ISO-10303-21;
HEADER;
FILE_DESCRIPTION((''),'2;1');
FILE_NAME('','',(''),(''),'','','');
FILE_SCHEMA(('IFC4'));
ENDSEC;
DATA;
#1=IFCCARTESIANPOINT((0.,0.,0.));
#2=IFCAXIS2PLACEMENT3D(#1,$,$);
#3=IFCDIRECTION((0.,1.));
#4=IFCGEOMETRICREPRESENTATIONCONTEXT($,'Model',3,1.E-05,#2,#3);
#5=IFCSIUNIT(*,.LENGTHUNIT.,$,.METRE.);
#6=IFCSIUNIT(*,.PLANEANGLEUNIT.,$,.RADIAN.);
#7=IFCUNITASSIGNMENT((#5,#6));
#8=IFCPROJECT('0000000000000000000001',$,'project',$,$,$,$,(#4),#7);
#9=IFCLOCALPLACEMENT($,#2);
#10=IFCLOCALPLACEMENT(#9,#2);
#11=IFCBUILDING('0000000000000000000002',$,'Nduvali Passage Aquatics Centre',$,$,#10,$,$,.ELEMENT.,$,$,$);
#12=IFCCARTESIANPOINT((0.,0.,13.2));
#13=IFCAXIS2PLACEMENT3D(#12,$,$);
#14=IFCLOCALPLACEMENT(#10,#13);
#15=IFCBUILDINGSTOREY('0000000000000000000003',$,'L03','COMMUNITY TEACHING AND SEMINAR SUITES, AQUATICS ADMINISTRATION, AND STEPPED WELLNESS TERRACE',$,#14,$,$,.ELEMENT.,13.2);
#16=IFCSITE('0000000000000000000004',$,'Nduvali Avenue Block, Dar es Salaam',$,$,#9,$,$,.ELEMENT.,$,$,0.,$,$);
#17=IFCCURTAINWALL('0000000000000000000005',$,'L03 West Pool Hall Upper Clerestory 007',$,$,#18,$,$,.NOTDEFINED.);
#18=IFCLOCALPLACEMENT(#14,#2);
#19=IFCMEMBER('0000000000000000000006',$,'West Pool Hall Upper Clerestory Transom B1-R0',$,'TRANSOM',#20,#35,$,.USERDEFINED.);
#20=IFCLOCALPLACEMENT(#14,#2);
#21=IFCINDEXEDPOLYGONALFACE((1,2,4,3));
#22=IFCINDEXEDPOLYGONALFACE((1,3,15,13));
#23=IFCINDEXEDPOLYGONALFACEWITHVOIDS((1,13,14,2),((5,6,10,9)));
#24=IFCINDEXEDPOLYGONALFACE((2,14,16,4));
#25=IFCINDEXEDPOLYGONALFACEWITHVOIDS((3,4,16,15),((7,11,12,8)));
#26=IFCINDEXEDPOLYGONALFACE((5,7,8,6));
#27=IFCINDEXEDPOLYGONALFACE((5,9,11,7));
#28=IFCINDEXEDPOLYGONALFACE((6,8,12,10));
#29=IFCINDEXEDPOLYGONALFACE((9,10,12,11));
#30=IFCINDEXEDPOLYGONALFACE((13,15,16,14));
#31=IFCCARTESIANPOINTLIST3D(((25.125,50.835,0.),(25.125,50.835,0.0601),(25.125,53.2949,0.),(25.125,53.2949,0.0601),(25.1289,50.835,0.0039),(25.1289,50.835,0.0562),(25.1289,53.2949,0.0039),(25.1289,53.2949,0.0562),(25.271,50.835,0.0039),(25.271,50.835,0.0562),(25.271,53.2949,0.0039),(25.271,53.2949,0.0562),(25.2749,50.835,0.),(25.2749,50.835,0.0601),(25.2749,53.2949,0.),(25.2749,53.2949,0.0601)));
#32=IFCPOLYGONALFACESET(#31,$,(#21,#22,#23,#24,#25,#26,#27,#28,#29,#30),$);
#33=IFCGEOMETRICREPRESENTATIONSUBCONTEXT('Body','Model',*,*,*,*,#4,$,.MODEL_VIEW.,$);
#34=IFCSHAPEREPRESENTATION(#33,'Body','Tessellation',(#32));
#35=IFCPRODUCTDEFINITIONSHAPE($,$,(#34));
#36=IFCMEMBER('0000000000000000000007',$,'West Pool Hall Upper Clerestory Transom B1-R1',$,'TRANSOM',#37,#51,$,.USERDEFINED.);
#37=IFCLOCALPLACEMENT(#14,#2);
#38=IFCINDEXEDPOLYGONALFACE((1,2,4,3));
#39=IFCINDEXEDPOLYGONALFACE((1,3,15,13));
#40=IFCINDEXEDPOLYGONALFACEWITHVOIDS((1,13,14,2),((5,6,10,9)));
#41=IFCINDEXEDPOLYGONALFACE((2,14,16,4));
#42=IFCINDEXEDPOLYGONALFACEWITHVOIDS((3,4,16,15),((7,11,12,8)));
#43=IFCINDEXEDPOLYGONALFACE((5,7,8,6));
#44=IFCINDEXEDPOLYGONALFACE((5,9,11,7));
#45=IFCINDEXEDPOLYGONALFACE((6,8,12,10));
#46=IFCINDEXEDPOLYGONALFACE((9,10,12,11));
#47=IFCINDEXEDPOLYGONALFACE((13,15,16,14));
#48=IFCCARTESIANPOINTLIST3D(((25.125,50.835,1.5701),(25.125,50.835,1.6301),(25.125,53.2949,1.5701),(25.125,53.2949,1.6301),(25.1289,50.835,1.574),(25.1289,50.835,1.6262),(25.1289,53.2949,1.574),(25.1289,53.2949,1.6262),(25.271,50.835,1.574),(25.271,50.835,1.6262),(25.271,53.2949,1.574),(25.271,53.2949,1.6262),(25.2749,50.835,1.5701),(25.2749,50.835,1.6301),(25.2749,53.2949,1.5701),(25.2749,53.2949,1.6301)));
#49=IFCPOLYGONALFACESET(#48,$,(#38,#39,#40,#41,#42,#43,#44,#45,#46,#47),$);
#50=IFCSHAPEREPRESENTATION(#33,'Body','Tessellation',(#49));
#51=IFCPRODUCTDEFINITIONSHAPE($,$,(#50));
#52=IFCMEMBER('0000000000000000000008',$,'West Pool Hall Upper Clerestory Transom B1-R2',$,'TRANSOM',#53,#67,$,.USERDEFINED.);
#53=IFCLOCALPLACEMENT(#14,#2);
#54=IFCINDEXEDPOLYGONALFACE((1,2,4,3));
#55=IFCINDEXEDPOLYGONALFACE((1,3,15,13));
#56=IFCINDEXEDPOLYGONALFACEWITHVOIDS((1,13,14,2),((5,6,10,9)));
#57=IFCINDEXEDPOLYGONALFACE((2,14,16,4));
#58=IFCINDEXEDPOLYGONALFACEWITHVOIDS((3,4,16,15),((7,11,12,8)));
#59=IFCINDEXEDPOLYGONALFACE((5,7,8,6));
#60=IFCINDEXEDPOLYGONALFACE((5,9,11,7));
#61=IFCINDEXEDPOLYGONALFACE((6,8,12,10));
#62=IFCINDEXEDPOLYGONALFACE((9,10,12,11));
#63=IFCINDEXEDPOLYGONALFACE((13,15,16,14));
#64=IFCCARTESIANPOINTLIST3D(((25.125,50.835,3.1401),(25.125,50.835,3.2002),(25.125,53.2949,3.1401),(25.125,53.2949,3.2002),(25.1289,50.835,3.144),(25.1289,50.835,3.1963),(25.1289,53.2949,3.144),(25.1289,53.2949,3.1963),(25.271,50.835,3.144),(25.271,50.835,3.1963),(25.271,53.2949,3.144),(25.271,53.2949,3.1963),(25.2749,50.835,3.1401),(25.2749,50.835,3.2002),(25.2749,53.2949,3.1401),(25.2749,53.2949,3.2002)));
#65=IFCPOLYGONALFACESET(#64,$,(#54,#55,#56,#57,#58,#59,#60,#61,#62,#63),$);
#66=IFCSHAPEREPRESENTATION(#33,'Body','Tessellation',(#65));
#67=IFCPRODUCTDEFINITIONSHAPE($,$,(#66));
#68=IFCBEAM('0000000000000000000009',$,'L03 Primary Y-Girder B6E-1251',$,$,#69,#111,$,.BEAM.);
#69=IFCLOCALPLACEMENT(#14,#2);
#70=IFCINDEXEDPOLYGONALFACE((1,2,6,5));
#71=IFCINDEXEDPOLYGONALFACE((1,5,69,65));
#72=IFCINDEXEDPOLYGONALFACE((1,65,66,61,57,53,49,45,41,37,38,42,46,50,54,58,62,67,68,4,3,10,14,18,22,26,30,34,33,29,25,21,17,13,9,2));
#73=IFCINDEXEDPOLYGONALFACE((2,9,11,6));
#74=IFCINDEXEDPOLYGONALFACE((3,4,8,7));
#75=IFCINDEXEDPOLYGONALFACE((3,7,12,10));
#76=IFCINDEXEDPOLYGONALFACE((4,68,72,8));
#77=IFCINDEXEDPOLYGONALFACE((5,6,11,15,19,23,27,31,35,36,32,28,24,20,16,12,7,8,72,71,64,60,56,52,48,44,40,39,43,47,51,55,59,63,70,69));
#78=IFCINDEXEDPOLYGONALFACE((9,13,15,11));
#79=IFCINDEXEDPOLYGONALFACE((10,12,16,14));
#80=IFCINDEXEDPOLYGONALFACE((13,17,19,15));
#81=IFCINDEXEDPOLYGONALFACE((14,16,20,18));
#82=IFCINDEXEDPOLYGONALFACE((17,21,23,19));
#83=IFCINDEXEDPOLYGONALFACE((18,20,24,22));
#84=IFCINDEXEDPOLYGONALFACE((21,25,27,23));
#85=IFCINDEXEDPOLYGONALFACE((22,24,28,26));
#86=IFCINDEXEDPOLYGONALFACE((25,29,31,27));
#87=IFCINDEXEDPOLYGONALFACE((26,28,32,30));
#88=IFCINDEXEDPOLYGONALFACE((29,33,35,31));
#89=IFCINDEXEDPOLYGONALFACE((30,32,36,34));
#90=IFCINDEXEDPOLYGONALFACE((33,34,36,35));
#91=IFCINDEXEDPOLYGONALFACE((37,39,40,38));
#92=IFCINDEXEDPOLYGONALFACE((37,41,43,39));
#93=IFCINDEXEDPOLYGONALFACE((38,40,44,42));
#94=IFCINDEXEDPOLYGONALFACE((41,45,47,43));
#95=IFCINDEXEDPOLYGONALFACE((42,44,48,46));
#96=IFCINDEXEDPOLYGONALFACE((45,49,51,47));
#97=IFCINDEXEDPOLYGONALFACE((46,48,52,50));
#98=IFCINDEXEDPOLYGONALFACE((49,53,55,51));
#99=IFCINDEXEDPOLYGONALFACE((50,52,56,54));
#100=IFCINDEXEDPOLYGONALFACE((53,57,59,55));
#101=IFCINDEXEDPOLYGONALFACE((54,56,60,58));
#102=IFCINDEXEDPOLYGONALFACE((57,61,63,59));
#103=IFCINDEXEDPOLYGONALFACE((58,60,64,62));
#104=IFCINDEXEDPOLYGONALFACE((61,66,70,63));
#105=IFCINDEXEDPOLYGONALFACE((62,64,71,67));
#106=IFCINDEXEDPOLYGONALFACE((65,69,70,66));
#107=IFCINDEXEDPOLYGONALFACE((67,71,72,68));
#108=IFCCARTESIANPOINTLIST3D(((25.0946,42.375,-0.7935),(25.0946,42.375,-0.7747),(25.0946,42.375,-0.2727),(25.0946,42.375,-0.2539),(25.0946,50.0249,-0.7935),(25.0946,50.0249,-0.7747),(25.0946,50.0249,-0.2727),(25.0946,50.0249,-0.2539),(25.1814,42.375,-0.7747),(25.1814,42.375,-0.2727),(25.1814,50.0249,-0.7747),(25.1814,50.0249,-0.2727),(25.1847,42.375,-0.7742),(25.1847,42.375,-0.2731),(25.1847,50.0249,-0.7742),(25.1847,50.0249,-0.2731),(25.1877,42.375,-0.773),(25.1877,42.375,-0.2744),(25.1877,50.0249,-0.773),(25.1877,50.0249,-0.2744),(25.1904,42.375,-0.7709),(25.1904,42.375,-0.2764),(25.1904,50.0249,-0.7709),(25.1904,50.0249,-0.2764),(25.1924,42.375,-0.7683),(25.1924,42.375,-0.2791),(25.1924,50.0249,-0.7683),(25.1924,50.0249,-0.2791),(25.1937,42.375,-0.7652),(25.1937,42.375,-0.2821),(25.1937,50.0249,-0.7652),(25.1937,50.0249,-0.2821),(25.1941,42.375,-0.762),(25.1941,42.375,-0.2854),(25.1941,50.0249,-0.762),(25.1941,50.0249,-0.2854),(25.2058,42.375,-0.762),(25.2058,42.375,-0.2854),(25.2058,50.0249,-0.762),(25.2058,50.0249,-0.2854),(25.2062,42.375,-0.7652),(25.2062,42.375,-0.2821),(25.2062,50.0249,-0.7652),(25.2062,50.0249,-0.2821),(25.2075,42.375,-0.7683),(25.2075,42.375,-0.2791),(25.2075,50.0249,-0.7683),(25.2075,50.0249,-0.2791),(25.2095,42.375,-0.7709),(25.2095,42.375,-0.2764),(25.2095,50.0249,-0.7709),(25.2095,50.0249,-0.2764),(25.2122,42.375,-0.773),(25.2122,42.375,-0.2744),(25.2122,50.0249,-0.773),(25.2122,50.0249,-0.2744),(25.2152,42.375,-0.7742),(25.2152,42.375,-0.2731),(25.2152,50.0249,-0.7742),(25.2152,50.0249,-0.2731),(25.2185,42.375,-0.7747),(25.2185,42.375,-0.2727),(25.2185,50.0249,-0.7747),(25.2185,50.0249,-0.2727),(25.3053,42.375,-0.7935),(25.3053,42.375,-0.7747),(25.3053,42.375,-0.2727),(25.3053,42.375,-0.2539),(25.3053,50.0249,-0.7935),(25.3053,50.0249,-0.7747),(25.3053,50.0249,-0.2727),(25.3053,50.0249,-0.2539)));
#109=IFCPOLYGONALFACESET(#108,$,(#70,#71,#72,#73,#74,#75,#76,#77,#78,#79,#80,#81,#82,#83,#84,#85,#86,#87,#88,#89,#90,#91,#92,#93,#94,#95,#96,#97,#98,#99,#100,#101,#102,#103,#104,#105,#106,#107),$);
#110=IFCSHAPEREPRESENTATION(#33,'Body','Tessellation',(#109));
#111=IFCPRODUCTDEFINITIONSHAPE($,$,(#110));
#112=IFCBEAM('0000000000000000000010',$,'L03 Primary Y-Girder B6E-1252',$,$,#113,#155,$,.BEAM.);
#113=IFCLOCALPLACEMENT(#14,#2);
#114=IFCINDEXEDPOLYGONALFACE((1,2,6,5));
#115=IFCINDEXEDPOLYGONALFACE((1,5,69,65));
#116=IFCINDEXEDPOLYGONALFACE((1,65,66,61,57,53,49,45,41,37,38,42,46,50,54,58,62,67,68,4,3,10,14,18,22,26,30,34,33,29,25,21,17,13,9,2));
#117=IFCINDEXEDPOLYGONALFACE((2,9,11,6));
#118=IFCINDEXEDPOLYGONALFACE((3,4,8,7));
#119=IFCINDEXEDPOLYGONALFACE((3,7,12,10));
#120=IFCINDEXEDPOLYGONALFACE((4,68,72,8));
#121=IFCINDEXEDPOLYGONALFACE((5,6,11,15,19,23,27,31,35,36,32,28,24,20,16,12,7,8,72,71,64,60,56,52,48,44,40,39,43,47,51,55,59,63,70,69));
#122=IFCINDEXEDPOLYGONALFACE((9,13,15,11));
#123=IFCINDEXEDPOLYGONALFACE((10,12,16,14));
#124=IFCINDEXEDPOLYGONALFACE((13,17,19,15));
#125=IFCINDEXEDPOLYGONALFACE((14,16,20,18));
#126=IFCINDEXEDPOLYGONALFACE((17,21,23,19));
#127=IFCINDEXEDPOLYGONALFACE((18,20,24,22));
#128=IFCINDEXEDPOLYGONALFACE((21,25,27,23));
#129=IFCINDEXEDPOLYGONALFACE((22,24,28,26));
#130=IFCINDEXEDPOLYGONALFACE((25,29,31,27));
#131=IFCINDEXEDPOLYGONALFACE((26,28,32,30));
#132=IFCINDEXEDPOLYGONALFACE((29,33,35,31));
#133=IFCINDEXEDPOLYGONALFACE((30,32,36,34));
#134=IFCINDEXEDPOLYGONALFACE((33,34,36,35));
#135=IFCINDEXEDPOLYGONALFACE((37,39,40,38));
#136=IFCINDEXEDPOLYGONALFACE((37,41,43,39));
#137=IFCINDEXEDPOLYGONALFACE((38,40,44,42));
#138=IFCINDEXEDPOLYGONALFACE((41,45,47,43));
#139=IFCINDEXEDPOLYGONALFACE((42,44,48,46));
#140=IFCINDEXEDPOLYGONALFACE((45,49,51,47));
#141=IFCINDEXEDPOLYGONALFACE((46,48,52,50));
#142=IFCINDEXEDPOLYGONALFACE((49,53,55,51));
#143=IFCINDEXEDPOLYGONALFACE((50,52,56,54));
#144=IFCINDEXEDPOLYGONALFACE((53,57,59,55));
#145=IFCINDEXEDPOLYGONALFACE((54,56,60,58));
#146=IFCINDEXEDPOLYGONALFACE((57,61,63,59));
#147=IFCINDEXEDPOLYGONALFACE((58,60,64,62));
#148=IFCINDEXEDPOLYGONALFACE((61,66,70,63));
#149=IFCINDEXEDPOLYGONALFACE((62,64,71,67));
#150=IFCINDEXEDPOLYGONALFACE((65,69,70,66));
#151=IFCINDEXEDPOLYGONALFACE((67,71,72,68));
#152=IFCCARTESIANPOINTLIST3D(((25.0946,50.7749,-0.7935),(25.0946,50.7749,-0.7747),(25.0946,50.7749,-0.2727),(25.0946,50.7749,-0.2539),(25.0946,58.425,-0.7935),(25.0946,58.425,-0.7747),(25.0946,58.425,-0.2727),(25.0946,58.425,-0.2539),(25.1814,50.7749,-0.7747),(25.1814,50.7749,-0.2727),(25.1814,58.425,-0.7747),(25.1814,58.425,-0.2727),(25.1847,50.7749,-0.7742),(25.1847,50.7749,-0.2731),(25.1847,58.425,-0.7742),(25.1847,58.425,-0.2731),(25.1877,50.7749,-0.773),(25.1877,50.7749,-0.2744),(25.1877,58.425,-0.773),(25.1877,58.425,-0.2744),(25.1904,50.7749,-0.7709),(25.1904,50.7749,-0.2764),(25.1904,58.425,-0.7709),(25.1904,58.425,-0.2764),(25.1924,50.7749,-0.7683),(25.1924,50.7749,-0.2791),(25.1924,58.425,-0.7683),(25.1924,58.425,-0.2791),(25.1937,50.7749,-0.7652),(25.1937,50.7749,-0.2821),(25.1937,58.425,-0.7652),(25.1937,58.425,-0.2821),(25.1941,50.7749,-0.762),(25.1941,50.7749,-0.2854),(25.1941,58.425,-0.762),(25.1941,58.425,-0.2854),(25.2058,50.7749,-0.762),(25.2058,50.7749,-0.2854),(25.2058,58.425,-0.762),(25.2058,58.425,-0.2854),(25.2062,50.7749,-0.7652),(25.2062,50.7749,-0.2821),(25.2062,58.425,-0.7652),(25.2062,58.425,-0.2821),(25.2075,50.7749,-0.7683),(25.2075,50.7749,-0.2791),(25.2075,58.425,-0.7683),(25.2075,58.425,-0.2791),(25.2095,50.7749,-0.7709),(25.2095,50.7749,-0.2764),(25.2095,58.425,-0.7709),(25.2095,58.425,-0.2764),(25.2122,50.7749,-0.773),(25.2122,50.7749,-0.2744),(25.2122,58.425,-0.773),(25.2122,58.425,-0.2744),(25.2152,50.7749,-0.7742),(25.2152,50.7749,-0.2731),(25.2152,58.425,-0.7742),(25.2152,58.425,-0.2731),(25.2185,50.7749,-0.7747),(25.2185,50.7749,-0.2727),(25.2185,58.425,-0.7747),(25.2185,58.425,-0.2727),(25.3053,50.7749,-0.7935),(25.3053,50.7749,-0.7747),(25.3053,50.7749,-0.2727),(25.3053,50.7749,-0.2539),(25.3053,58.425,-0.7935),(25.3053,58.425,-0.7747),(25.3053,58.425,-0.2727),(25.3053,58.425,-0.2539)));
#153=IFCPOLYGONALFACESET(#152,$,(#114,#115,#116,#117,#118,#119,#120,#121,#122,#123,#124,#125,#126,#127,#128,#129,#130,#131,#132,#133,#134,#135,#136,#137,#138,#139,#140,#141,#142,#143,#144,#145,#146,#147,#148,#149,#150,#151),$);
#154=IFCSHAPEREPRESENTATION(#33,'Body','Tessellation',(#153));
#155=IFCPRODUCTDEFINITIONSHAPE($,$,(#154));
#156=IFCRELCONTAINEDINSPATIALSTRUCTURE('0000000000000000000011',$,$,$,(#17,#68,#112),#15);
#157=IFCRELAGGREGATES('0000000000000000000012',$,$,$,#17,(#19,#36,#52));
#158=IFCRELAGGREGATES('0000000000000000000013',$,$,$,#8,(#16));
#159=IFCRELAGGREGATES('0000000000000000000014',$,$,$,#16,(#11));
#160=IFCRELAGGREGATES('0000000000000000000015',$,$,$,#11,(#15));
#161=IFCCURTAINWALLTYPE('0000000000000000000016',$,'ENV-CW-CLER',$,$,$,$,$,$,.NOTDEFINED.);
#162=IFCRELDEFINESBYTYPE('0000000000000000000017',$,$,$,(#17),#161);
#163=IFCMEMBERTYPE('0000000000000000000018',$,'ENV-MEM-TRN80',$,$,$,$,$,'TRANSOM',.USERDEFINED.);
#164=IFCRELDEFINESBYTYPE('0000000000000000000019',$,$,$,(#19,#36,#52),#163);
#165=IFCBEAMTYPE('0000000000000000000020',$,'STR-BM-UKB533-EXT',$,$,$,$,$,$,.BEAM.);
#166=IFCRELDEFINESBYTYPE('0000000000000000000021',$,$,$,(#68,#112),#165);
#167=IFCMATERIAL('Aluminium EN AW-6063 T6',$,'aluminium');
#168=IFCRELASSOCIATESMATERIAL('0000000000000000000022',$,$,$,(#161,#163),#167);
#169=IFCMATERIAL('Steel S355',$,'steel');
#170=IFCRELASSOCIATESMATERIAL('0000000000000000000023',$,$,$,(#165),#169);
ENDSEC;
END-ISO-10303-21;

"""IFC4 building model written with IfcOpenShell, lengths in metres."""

from ifc_helpers import new_model, si_unit, direction, frame, origin, origin_2d, place, context, subcontext, project, spatial, hollow_rectangle, i_section, extrude, material, material_profile, profile_set, type_object, element, aggregate, save


model = new_model("IFC4")

# Units and contexts
model_context = context("Model", 3, precision=1e-05, world=origin(), true_north=direction((0.0, 1.0)))
body_context = subcontext(model_context, "Body", "Model", "MODEL_VIEW")
ifc_project = project(units=[si_unit("LENGTHUNIT", "METRE"), si_unit("PLANEANGLEUNIT", "RADIAN")], contexts=[model_context])

# Site, building, storey
site_placement = place(None, origin())
site = spatial("IfcSite", under=ifc_project, at=site_placement, Name="Nduvali Avenue Block, Dar es Salaam", CompositionType="ELEMENT", RefElevation=0.0)
building_placement = place(site_placement, origin())
building = spatial("IfcBuilding", under=site, at=building_placement, Name="Nduvali Passage Aquatics Centre", CompositionType="ELEMENT")
storey_placement = place(building_placement, frame((0.0, 0.0, 13.2)))
storey = spatial("IfcBuildingStorey", under=building, at=storey_placement, Name="L03", Description="COMMUNITY TEACHING AND SEMINAR SUITES, AQUATICS ADMINISTRATION, AND STEPPED WELLNESS TERRACE", CompositionType="ELEMENT", Elevation=13.2)

# Shared definitions
ifc_material_1 = material(Name="Steel S355", Category="steel")

# Shared definitions
ifc_material_2 = material(Name="Aluminium EN AW-6063 T6", Category="aluminium")
curtain_wall_type = type_object("IfcCurtainWallType", Name="ENV-CW-CLER", PredefinedType="NOTDEFINED", material=ifc_material_2)

# Curtain wall
curtain_wall_1_placement = place(storey_placement, origin())
curtain_wall_1 = element("IfcCurtainWall", 1, at=curtain_wall_1_placement, inside=storey, type_object=curtain_wall_type, Name="L03 West Pool Hall Upper Clerestory 007", PredefinedType="NOTDEFINED")

# Members
ifc_material_profile_1 = material_profile(ifc_material_2, hollow_rectangle(XDim=0.1499, YDim=0.0601, WallThickness=0.0039, at=origin_2d()), Name="ALU TRANSOM 150x60x4")
ifc_profile_set_1 = profile_set([ifc_material_profile_1], Name="Aluminium EN AW-6063 T6")
member_type_1 = type_object("IfcMemberType", Name="ENV-MEM-TRN80", ElementType="TRANSOM", PredefinedType="USERDEFINED", material=ifc_profile_set_1)
member_1_placement = place(storey_placement, frame((25.2, 50.835, 0.03), z_axis=(0.0, 1.0, 0.0), x_axis=(-1.0, 0.0, 0.0)))
member_1 = element("IfcMember", 2, at=member_1_placement, type_object=member_type_1, Name="West Pool Hall Upper Clerestory Transom B1-R0", ObjectType="TRANSOM", PredefinedType="USERDEFINED", context=body_context, shape_type="SweptSolid", body=[
    extrude(hollow_rectangle(XDim=0.1499, YDim=0.0601, WallThickness=0.0039, at=origin_2d()), origin(), (0.0, 0.0, 1.0), 2.46),
])
member_2_placement = place(storey_placement, frame((25.2, 50.835, 1.6001), z_axis=(0.0, 1.0, 0.0), x_axis=(-1.0, 0.0, 0.0)))
member_2 = element("IfcMember", 3, at=member_2_placement, type_object=member_type_1, Name="West Pool Hall Upper Clerestory Transom B1-R1", ObjectType="TRANSOM", PredefinedType="USERDEFINED", context=body_context, shape_type="SweptSolid", body=[
    extrude(hollow_rectangle(XDim=0.1499, YDim=0.0601, WallThickness=0.0039, at=origin_2d()), origin(), (0.0, 0.0, 1.0), 2.46),
])
member_3_placement = place(storey_placement, frame((25.2, 50.835, 3.1702), z_axis=(0.0, 1.0, 0.0), x_axis=(-1.0, 0.0, 0.0)))
member_3 = element("IfcMember", 4, at=member_3_placement, type_object=member_type_1, Name="West Pool Hall Upper Clerestory Transom B1-R2", ObjectType="TRANSOM", PredefinedType="USERDEFINED", context=body_context, shape_type="SweptSolid", body=[
    extrude(hollow_rectangle(XDim=0.1499, YDim=0.0601, WallThickness=0.0039, at=origin_2d()), origin(), (0.0, 0.0, 1.0), 2.46),
])

# Beams
ifc_material_profile_2 = material_profile(ifc_material_1, i_section(OverallWidth=0.2107, OverallDepth=0.5396, WebThickness=0.0117, FlangeThickness=0.0188, FilletRadius=0.0127, at=origin_2d()), Name="UKB 533x210x109")
ifc_profile_set_2 = profile_set([ifc_material_profile_2], Name="Steel S355")
beam_type_1 = type_object("IfcBeamType", Name="STR-BM-UKB533-EXT", PredefinedType="BEAM", material=ifc_profile_set_2)
beam_1_placement = place(storey_placement, frame((25.2, 42.375, -0.5237), z_axis=(0.0, 1.0, 0.0), x_axis=(-1.0, 0.0, 0.0)))
element("IfcBeam", 5, at=beam_1_placement, inside=storey, type_object=beam_type_1, Name="L03 Primary Y-Girder B6E-1251", PredefinedType="BEAM", context=body_context, shape_type="SweptSolid", body=[
    extrude(i_section(OverallWidth=0.2107, OverallDepth=0.5396, WebThickness=0.0117, FlangeThickness=0.0188, FilletRadius=0.0127, at=origin_2d()), origin(), (0.0, 0.0, 1.0), 7.6499),
])
beam_2_placement = place(storey_placement, frame((25.2, 50.7749, -0.5237), z_axis=(0.0, 1.0, 0.0), x_axis=(-1.0, 0.0, 0.0)))
element("IfcBeam", 6, at=beam_2_placement, inside=storey, type_object=beam_type_1, Name="L03 Primary Y-Girder B6E-1252", PredefinedType="BEAM", context=body_context, shape_type="SweptSolid", body=[
    extrude(i_section(OverallWidth=0.2107, OverallDepth=0.5396, WebThickness=0.0117, FlangeThickness=0.0188, FilletRadius=0.0127, at=origin_2d()), origin(), (0.0, 0.0, 1.0), 7.6501),
])

aggregate(curtain_wall_1, [member_1, member_2, member_3])

save(model, "model.ifc")
